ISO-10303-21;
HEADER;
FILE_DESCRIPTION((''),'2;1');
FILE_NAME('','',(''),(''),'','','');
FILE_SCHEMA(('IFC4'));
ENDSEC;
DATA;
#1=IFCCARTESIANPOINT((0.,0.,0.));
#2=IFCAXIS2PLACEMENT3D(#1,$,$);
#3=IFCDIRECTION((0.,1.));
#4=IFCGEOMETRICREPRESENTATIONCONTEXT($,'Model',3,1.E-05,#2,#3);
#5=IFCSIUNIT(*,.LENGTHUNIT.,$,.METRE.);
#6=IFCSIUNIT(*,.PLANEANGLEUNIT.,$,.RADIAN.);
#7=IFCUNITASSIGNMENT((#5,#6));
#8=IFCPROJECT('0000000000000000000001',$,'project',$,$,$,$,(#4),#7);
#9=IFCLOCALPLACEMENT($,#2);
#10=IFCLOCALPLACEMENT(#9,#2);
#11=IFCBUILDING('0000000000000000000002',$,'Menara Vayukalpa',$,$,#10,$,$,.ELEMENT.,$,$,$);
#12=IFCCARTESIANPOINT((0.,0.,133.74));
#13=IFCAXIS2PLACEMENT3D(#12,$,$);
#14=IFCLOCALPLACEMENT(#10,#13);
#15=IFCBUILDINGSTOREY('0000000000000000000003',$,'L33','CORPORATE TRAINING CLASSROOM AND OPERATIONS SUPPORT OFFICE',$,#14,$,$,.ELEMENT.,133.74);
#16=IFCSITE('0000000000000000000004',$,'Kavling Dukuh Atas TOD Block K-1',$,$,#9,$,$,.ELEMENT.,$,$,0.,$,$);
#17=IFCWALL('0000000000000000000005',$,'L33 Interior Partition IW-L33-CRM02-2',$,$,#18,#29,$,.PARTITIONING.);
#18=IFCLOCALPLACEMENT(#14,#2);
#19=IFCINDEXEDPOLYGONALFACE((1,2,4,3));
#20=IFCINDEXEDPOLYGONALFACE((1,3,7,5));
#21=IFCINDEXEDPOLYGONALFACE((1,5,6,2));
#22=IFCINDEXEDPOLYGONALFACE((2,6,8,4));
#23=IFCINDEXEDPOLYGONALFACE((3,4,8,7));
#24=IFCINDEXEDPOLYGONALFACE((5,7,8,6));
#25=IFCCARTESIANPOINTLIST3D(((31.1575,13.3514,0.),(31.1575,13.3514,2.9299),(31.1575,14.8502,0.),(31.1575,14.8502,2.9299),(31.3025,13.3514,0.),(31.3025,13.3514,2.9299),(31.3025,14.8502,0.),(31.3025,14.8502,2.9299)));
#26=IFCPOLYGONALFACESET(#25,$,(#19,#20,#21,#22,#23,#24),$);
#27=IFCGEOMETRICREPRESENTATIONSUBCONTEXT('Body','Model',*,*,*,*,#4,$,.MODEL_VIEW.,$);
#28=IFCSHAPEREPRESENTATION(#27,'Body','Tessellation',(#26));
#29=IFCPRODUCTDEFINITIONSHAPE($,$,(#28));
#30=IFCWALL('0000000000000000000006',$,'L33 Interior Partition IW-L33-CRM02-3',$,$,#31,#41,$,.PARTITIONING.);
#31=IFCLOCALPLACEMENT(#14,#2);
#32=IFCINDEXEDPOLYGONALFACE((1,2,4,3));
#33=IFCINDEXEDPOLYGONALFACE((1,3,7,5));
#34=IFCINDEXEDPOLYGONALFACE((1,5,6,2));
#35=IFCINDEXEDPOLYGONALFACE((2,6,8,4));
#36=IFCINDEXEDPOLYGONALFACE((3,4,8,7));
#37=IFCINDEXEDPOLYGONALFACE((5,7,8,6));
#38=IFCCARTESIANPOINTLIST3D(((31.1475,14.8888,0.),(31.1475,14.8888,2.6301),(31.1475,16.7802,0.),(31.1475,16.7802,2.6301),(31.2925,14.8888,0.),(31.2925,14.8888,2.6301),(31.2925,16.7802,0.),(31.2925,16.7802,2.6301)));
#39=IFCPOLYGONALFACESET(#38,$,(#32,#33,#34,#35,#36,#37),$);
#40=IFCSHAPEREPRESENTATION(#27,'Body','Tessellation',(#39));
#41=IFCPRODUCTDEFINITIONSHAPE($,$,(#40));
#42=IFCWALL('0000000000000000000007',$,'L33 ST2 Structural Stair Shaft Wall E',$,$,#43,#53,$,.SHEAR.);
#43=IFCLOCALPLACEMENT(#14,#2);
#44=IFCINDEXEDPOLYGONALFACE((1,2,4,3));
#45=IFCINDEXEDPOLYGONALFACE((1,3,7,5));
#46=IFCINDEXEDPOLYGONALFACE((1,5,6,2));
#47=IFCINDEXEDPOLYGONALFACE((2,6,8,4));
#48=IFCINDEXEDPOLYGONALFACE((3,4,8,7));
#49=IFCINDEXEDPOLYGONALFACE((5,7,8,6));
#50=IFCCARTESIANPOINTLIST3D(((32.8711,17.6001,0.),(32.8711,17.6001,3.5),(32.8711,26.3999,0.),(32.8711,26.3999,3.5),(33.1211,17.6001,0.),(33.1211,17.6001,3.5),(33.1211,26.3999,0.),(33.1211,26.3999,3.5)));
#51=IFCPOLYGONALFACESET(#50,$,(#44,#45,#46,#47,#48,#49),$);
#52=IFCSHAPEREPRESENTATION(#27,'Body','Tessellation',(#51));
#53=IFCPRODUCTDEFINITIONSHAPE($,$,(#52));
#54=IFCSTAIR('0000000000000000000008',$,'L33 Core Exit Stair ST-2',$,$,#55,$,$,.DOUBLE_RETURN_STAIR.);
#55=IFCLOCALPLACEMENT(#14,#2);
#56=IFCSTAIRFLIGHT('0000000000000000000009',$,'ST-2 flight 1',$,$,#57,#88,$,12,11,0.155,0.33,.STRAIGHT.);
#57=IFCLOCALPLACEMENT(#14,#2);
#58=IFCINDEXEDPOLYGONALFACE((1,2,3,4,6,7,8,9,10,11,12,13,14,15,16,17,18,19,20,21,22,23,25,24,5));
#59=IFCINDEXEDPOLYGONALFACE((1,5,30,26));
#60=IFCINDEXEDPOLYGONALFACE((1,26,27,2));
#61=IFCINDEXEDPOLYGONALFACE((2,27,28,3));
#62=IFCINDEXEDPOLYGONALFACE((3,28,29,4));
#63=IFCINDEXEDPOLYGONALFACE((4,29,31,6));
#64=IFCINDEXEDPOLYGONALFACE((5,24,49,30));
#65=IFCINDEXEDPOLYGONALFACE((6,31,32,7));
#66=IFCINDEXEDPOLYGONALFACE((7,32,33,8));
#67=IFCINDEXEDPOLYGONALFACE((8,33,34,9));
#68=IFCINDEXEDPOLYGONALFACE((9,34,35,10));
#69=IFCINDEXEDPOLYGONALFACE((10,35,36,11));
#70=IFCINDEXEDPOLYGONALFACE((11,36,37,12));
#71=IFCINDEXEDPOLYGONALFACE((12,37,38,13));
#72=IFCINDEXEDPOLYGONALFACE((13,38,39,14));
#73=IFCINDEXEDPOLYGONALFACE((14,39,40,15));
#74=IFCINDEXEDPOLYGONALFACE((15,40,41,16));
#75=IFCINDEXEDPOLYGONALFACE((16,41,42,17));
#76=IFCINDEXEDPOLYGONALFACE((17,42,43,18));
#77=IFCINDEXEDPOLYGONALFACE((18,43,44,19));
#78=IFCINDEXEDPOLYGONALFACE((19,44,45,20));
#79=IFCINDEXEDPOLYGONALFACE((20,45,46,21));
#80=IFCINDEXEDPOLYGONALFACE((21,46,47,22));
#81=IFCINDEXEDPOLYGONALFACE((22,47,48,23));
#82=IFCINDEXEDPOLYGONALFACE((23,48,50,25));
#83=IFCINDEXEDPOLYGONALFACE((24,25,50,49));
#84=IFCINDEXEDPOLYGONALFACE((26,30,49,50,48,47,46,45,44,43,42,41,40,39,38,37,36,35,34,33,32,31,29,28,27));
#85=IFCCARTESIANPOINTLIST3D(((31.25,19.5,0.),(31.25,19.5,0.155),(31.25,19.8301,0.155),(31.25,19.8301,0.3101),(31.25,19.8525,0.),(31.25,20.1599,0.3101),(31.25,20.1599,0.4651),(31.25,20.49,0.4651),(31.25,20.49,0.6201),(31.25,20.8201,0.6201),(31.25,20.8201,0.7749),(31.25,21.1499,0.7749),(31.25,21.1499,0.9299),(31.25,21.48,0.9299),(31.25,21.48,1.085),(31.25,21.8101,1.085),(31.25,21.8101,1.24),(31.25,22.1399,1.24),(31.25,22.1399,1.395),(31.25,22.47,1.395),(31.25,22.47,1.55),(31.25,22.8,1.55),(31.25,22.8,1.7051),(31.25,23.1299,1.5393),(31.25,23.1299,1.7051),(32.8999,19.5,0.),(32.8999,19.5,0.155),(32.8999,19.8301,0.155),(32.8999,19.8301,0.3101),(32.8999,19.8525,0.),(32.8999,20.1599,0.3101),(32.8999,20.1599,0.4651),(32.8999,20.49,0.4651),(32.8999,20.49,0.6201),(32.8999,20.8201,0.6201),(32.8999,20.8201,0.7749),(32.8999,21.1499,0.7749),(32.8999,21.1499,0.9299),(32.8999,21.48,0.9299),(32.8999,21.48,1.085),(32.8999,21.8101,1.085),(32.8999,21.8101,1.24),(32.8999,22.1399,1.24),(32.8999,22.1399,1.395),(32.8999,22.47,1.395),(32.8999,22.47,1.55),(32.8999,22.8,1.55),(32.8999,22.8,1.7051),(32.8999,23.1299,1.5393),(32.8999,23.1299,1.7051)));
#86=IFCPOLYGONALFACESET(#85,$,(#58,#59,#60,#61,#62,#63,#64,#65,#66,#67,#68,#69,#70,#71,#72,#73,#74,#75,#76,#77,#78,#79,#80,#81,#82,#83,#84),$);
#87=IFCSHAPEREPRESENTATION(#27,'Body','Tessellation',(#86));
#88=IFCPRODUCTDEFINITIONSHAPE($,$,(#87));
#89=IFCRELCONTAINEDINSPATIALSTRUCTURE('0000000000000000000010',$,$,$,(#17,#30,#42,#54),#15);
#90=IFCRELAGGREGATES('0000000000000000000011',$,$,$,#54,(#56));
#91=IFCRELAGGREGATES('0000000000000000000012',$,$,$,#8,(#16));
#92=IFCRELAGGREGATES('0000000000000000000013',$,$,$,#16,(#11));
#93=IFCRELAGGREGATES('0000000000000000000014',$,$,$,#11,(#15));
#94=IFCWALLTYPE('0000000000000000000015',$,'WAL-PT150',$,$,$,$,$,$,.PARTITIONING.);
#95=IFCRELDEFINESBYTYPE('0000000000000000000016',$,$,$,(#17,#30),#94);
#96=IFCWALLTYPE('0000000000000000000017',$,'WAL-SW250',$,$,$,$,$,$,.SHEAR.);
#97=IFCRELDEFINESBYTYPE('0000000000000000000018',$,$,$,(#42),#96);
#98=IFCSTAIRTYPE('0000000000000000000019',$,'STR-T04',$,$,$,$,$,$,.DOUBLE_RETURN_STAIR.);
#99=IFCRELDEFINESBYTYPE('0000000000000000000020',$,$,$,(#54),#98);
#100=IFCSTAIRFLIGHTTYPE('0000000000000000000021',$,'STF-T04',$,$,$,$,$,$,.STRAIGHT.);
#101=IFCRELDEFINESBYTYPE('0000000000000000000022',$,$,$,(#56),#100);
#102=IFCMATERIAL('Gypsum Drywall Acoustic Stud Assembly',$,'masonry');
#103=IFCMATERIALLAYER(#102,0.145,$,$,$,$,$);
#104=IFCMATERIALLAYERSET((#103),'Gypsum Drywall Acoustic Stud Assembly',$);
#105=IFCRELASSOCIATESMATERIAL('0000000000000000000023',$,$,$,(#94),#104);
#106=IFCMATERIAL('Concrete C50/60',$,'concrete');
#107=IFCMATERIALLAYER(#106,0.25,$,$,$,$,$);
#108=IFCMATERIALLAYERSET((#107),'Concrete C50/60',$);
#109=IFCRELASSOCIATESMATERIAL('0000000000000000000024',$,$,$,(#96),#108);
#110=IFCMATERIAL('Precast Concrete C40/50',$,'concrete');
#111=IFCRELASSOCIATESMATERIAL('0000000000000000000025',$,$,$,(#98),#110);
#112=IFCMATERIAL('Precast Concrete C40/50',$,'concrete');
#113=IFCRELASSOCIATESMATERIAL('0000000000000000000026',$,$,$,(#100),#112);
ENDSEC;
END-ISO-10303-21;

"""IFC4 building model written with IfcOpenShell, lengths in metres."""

from ifc_helpers import new_model, si_unit, direction, frame, frame_2d, origin, place, context, subcontext, project, spatial, polyline, rectangle, outline, extrude, material, layer, layer_set, type_object, element, aggregate, save


model = new_model("IFC4")

# Units and contexts
model_context = context("Model", 3, precision=1e-05, world=origin(), true_north=direction((0.0, 1.0)))
body_context = subcontext(model_context, "Body", "Model", "MODEL_VIEW")
ifc_project = project(units=[si_unit("LENGTHUNIT", "METRE"), si_unit("PLANEANGLEUNIT", "RADIAN")], contexts=[model_context])

# Site, building, storey
site_placement = place(None, origin())
site = spatial("IfcSite", under=ifc_project, at=site_placement, Name="Kavling Dukuh Atas TOD Block K-1", CompositionType="ELEMENT", RefElevation=0.0)
building_placement = place(site_placement, origin())
building = spatial("IfcBuilding", under=site, at=building_placement, Name="Menara Vayukalpa", CompositionType="ELEMENT")
storey_placement = place(building_placement, frame((0.0, 0.0, 133.74)))
storey = spatial("IfcBuildingStorey", under=building, at=storey_placement, Name="L33", Description="CORPORATE TRAINING CLASSROOM AND OPERATIONS SUPPORT OFFICE", CompositionType="ELEMENT", Elevation=133.74)

# Walls
ifc_material_1 = material(Name="Gypsum Drywall Acoustic Stud Assembly", Category="masonry")
ifc_layer_1 = layer(ifc_material_1, 0.145)
ifc_layer_set_1 = layer_set([ifc_layer_1], Name="Gypsum Drywall Acoustic Stud Assembly")
wall_type_1 = type_object("IfcWallType", Name="WAL-PT150", PredefinedType="PARTITIONING", material=ifc_layer_set_1)
wall_1_placement = place(storey_placement, frame((31.23, 13.3513, 0.0), z_axis=(0.0, 0.0, 1.0), x_axis=(0.0, 1.0, 0.0)))
element("IfcWall", 1, at=wall_1_placement, inside=storey, type_object=wall_type_1, Name="L33 Interior Partition IW-L33-CRM02-2", PredefinedType="PARTITIONING", context=body_context, shape_type="SweptSolid", body=[
    extrude(rectangle(XDim=1.4988, YDim=0.145, at=frame_2d((0.7495, 0.0))), origin(), (0.0, 0.0, 1.0), 2.9299),
])
wall_2_placement = place(storey_placement, frame((31.22, 14.8887, 0.0), z_axis=(0.0, 0.0, 1.0), x_axis=(0.0, 1.0, 0.0)))
element("IfcWall", 2, at=wall_2_placement, inside=storey, type_object=wall_type_1, Name="L33 Interior Partition IW-L33-CRM02-3", PredefinedType="PARTITIONING", context=body_context, shape_type="SweptSolid", body=[
    extrude(rectangle(XDim=1.8914, YDim=0.145, at=frame_2d((0.9458, 0.0))), origin(), (0.0, 0.0, 1.0), 2.6301),
])
ifc_material_2 = material(Name="Concrete C50/60", Category="concrete")
ifc_layer_2 = layer(ifc_material_2, 0.25)
ifc_layer_set_2 = layer_set([ifc_layer_2], Name="Concrete C50/60")
wall_type_2 = type_object("IfcWallType", Name="WAL-SW250", PredefinedType="SHEAR", material=ifc_layer_set_2)
wall_3_placement = place(storey_placement, frame((32.9961, 17.6001, 0.0), z_axis=(0.0, 0.0, 1.0), x_axis=(0.0, 1.0, 0.0)))
element("IfcWall", 3, at=wall_3_placement, inside=storey, type_object=wall_type_2, Name="L33 ST2 Structural Stair Shaft Wall E", PredefinedType="SHEAR", context=body_context, shape_type="SweptSolid", body=[
    extrude(rectangle(XDim=8.7998, YDim=0.25, at=frame_2d((4.3999, 0.0))), origin(), (0.0, 0.0, 1.0), 3.5),
])

# Stair, stair flight
ifc_material_3 = material(Name="Precast Concrete C40/50", Category="concrete")
stair_type = type_object("IfcStairType", Name="STR-T04", PredefinedType="DOUBLE_RETURN_STAIR", material=ifc_material_3)
stair_placement = place(storey_placement, origin())
stair = element("IfcStair", 4, at=stair_placement, inside=storey, type_object=stair_type, Name="L33 Core Exit Stair ST-2", PredefinedType="DOUBLE_RETURN_STAIR")
ifc_material_4 = material(Name="Precast Concrete C40/50", Category="concrete")
stair_flight_type = type_object("IfcStairFlightType", Name="STF-T04", PredefinedType="STRAIGHT", material=ifc_material_4)
stair_flight_placement = place(storey_placement, frame((32.075, 19.5, 0.0), z_axis=(0.0, 0.0, 1.0), x_axis=(0.0, 1.0, 0.0)))
stair_flight = element("IfcStairFlight", 5, at=stair_flight_placement, type_object=stair_flight_type, Name="ST-2 flight 1", NumberOfRisers=12, NumberOfTreads=11, PredefinedType="STRAIGHT", RiserHeight=0.155, TreadLength=0.33, context=body_context, shape_type="SweptSolid", body=[
    extrude(outline(polyline([(0.0, 0.0), (0.0, 0.155), (0.3301, 0.155), (0.3301, 0.3101), (0.6599, 0.3101), (0.6599, 0.4651), (0.99, 0.4651), (0.99, 0.6201), (1.3201, 0.6201), (1.3201, 0.7749), (1.6499, 0.7749), (1.6499, 0.9299), (1.98, 0.9299), (1.98, 1.085), (2.3101, 1.085), (2.3101, 1.24), (2.6399, 1.24), (2.6399, 1.395), (2.97, 1.395), (2.97, 1.55), (3.3, 1.55), (3.3, 1.7051), (3.6299, 1.7051), (3.6299, 1.8601), (3.6299, 1.5393), (0.3525, 0.0), (0.0, 0.0)])), frame((0.0, 0.825, 0.0), z_axis=(0.0, -1.0, 0.0), x_axis=(1.0, 0.0, 0.0)), (0.0, 0.0, 1.0), 1.6499),
])
aggregate(stair, [stair_flight])

save(model, "model.ifc")
